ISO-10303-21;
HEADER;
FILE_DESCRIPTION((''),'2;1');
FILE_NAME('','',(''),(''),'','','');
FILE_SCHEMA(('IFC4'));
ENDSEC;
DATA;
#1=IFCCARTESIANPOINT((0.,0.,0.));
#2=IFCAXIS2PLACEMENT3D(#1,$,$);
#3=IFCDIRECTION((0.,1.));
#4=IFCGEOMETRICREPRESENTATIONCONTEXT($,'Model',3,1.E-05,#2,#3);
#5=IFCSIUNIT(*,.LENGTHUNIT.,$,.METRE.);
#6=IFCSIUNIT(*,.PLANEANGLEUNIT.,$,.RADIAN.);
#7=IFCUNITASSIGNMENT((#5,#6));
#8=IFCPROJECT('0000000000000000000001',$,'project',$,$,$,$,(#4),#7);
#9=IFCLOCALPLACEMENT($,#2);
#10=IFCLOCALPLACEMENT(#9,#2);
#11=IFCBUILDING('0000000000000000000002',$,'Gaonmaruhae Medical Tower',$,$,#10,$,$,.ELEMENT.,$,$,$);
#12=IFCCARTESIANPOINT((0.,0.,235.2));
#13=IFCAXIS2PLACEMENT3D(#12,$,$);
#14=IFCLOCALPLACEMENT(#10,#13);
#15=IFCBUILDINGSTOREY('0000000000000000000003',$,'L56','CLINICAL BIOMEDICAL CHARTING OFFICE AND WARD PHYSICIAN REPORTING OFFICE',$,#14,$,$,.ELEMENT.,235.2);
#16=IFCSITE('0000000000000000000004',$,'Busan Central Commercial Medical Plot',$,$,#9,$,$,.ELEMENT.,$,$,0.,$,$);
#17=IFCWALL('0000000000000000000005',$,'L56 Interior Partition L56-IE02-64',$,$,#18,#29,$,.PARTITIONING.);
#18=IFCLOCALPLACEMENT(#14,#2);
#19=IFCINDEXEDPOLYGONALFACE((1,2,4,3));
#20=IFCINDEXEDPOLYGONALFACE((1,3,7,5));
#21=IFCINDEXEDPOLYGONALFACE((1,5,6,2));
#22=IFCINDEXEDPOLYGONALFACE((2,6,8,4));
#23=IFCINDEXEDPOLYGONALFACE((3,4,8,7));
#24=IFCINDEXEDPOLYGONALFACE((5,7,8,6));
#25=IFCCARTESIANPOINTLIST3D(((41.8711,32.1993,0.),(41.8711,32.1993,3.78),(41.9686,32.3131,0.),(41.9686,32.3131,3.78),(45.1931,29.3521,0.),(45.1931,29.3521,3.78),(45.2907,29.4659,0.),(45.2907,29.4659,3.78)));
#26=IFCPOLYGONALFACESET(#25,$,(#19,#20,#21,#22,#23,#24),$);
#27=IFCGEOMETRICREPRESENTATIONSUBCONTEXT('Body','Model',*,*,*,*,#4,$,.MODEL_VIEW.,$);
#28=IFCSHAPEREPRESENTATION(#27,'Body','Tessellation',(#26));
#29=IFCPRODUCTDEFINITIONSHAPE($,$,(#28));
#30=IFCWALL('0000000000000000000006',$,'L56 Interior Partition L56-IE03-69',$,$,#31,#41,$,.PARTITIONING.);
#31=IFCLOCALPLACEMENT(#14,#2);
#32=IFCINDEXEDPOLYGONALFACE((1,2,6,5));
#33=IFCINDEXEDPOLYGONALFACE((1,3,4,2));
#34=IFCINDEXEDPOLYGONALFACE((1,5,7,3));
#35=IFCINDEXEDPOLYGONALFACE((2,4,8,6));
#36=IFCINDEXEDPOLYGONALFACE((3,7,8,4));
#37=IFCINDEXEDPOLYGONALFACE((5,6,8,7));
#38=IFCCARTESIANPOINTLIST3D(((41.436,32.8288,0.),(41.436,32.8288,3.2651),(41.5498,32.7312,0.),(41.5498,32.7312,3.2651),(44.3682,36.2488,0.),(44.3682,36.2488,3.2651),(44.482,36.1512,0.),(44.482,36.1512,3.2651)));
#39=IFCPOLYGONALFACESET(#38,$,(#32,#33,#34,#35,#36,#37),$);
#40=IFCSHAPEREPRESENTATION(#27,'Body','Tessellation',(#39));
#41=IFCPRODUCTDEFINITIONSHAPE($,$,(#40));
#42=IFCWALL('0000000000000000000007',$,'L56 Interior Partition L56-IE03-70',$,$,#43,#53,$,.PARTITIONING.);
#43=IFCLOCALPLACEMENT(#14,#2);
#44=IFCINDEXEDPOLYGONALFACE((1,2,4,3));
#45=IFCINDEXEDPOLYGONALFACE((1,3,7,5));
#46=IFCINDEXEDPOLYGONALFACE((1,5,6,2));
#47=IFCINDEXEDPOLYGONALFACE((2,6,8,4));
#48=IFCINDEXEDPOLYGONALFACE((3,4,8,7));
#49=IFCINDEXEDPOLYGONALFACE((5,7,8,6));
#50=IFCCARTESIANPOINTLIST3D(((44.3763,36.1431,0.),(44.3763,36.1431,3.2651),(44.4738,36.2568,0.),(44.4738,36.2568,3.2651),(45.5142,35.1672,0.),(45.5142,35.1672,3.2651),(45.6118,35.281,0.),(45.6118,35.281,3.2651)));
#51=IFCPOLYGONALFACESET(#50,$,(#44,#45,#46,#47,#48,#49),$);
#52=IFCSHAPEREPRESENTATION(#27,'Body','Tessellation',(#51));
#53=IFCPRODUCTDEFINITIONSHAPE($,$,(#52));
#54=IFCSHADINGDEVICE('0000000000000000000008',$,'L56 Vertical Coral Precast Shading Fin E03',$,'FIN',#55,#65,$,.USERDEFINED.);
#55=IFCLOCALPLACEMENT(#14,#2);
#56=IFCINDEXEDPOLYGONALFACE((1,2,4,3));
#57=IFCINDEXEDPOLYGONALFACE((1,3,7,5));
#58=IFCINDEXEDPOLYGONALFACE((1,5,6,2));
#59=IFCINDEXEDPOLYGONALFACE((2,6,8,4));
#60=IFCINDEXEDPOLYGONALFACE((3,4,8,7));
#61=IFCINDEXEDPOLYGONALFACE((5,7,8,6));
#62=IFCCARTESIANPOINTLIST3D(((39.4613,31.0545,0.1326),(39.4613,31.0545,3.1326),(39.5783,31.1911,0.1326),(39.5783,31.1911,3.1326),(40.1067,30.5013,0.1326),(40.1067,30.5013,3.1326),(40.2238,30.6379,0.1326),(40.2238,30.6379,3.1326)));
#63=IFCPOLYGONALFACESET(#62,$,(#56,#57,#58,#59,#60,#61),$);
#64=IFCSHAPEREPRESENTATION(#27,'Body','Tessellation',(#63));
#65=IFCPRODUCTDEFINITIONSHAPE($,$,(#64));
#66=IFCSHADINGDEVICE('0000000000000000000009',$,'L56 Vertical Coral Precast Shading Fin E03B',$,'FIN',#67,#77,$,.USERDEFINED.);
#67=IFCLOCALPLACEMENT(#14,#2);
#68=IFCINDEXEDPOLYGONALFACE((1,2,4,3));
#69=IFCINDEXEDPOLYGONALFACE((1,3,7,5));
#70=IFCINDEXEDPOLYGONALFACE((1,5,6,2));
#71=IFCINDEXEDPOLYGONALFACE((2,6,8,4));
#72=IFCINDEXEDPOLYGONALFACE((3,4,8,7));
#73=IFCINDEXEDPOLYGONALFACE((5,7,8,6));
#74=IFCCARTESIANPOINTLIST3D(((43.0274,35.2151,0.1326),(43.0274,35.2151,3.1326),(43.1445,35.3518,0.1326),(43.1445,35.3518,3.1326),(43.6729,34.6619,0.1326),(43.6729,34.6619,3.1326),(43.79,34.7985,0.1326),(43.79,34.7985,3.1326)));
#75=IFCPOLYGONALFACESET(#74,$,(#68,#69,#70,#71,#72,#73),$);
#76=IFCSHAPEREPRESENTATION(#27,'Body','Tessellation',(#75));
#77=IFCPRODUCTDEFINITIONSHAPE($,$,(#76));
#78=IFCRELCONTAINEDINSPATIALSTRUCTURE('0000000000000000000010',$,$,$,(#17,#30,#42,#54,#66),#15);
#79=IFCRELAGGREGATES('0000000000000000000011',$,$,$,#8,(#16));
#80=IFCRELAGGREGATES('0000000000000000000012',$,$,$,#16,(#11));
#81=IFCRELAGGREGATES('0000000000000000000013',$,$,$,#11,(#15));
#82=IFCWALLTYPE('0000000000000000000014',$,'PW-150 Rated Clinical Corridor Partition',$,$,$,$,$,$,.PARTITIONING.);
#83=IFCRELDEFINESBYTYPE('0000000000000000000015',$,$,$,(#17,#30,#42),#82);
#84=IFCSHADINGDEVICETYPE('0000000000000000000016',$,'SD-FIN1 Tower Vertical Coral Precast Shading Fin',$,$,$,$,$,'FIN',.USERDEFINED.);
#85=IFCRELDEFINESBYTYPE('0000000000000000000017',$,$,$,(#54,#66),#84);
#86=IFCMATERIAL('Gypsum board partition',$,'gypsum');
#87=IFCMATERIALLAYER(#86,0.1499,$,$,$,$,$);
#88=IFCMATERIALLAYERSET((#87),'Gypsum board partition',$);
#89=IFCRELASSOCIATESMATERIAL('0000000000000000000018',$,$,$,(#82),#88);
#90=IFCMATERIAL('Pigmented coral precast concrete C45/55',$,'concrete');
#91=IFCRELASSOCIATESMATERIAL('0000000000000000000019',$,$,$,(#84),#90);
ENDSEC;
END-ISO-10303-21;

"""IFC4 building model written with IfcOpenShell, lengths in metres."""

from ifc_helpers import new_model, si_unit, direction, frame, frame_2d, origin, origin_2d, place, context, subcontext, project, spatial, rectangle, extrude, material, layer, layer_set, type_object, element, save


model = new_model("IFC4")

# Units and contexts
model_context = context("Model", 3, precision=1e-05, world=origin(), true_north=direction((0.0, 1.0)))
body_context = subcontext(model_context, "Body", "Model", "MODEL_VIEW")
ifc_project = project(units=[si_unit("LENGTHUNIT", "METRE"), si_unit("PLANEANGLEUNIT", "RADIAN")], contexts=[model_context])

# Site, building, storey
site_placement = place(None, origin())
site = spatial("IfcSite", under=ifc_project, at=site_placement, Name="Busan Central Commercial Medical Plot", CompositionType="ELEMENT", RefElevation=0.0)
building_placement = place(site_placement, origin())
building = spatial("IfcBuilding", under=site, at=building_placement, Name="Gaonmaruhae Medical Tower", CompositionType="ELEMENT")
storey_placement = place(building_placement, frame((0.0, 0.0, 235.2)))
storey = spatial("IfcBuildingStorey", under=building, at=storey_placement, Name="L56", Description="CLINICAL BIOMEDICAL CHARTING OFFICE AND WARD PHYSICIAN REPORTING OFFICE", CompositionType="ELEMENT", Elevation=235.2)

# Walls
ifc_material_1 = material(Name="Gypsum board partition", Category="gypsum")
ifc_layer_1 = layer(ifc_material_1, 0.1499)
ifc_layer_set_1 = layer_set([ifc_layer_1], Name="Gypsum board partition")
wall_type_1 = type_object("IfcWallType", Name="PW-150 Rated Clinical Corridor Partition", PredefinedType="PARTITIONING", material=ifc_layer_set_1)
wall_1_placement = place(storey_placement, frame((41.9199, 32.2561, 0.0), z_axis=(0.0, 0.0, 1.0), x_axis=(0.759288, -0.650755, 0.0)))
element("IfcWall", 1, at=wall_1_placement, inside=storey, type_object=wall_type_1, Name="L56 Interior Partition L56-IE02-64", PredefinedType="PARTITIONING", context=body_context, shape_type="SweptSolid", body=[
    extrude(rectangle(XDim=4.3752, YDim=0.1499, at=frame_2d((2.1875, 0.0))), origin(), (0.0, 0.0, 1.0), 3.78),
])
wall_2_placement = place(storey_placement, frame((41.4929, 32.78, 0.0), z_axis=(0.0, 0.0, 1.0), x_axis=(0.65089, 0.759172, 0.0)))
element("IfcWall", 2, at=wall_2_placement, inside=storey, type_object=wall_type_1, Name="L56 Interior Partition L56-IE03-69", PredefinedType="PARTITIONING", context=body_context, shape_type="SweptSolid", body=[
    extrude(rectangle(XDim=4.5049, YDim=0.1499, at=frame_2d((2.2524, 0.0))), origin(), (0.0, 0.0, 1.0), 3.2651),
])
wall_3_placement = place(storey_placement, frame((44.425, 36.2, 0.0), z_axis=(0.0, 0.0, 1.0), x_axis=(0.759107, -0.650966, 0.0)))
element("IfcWall", 3, at=wall_3_placement, inside=storey, type_object=wall_type_1, Name="L56 Interior Partition L56-IE03-70", PredefinedType="PARTITIONING", context=body_context, shape_type="SweptSolid", body=[
    extrude(rectangle(XDim=1.499, YDim=0.1499, at=frame_2d((0.7495, 0.0))), origin(), (0.0, 0.0, 1.0), 3.2651),
])

# Shading devices
ifc_material_2 = material(Name="Pigmented coral precast concrete C45/55", Category="concrete")
shading_device_type = type_object("IfcShadingDeviceType", Name="SD-FIN1 Tower Vertical Coral Precast Shading Fin", ElementType="FIN", PredefinedType="USERDEFINED", material=ifc_material_2)
for number, where, z_axis, x_axis, name in (
    (4, (39.8425, 30.8462, 0.1326), (0.0, 0.0, 1.0), (0.650761, 0.759283, 0.0), "L56 Vertical Coral Precast Shading Fin E03"),
    (5, (43.4087, 35.0068, 0.1326), (0.0, 0.0, 1.0), (0.650761, 0.759283, 0.0), "L56 Vertical Coral Precast Shading Fin E03B"),
):
    element("IfcShadingDevice", number, at=place(storey_placement, frame(where, z_axis=z_axis, x_axis=x_axis)), inside=storey, type_object=shading_device_type, Name=name, ObjectType="FIN", PredefinedType="USERDEFINED", context=body_context, shape_type="SweptSolid", body=[
        extrude(rectangle(XDim=0.1799, YDim=0.8501, at=origin_2d()), origin(), (0.0, 0.0, 1.0), 3.0),
    ])

save(model, "model.ifc")
